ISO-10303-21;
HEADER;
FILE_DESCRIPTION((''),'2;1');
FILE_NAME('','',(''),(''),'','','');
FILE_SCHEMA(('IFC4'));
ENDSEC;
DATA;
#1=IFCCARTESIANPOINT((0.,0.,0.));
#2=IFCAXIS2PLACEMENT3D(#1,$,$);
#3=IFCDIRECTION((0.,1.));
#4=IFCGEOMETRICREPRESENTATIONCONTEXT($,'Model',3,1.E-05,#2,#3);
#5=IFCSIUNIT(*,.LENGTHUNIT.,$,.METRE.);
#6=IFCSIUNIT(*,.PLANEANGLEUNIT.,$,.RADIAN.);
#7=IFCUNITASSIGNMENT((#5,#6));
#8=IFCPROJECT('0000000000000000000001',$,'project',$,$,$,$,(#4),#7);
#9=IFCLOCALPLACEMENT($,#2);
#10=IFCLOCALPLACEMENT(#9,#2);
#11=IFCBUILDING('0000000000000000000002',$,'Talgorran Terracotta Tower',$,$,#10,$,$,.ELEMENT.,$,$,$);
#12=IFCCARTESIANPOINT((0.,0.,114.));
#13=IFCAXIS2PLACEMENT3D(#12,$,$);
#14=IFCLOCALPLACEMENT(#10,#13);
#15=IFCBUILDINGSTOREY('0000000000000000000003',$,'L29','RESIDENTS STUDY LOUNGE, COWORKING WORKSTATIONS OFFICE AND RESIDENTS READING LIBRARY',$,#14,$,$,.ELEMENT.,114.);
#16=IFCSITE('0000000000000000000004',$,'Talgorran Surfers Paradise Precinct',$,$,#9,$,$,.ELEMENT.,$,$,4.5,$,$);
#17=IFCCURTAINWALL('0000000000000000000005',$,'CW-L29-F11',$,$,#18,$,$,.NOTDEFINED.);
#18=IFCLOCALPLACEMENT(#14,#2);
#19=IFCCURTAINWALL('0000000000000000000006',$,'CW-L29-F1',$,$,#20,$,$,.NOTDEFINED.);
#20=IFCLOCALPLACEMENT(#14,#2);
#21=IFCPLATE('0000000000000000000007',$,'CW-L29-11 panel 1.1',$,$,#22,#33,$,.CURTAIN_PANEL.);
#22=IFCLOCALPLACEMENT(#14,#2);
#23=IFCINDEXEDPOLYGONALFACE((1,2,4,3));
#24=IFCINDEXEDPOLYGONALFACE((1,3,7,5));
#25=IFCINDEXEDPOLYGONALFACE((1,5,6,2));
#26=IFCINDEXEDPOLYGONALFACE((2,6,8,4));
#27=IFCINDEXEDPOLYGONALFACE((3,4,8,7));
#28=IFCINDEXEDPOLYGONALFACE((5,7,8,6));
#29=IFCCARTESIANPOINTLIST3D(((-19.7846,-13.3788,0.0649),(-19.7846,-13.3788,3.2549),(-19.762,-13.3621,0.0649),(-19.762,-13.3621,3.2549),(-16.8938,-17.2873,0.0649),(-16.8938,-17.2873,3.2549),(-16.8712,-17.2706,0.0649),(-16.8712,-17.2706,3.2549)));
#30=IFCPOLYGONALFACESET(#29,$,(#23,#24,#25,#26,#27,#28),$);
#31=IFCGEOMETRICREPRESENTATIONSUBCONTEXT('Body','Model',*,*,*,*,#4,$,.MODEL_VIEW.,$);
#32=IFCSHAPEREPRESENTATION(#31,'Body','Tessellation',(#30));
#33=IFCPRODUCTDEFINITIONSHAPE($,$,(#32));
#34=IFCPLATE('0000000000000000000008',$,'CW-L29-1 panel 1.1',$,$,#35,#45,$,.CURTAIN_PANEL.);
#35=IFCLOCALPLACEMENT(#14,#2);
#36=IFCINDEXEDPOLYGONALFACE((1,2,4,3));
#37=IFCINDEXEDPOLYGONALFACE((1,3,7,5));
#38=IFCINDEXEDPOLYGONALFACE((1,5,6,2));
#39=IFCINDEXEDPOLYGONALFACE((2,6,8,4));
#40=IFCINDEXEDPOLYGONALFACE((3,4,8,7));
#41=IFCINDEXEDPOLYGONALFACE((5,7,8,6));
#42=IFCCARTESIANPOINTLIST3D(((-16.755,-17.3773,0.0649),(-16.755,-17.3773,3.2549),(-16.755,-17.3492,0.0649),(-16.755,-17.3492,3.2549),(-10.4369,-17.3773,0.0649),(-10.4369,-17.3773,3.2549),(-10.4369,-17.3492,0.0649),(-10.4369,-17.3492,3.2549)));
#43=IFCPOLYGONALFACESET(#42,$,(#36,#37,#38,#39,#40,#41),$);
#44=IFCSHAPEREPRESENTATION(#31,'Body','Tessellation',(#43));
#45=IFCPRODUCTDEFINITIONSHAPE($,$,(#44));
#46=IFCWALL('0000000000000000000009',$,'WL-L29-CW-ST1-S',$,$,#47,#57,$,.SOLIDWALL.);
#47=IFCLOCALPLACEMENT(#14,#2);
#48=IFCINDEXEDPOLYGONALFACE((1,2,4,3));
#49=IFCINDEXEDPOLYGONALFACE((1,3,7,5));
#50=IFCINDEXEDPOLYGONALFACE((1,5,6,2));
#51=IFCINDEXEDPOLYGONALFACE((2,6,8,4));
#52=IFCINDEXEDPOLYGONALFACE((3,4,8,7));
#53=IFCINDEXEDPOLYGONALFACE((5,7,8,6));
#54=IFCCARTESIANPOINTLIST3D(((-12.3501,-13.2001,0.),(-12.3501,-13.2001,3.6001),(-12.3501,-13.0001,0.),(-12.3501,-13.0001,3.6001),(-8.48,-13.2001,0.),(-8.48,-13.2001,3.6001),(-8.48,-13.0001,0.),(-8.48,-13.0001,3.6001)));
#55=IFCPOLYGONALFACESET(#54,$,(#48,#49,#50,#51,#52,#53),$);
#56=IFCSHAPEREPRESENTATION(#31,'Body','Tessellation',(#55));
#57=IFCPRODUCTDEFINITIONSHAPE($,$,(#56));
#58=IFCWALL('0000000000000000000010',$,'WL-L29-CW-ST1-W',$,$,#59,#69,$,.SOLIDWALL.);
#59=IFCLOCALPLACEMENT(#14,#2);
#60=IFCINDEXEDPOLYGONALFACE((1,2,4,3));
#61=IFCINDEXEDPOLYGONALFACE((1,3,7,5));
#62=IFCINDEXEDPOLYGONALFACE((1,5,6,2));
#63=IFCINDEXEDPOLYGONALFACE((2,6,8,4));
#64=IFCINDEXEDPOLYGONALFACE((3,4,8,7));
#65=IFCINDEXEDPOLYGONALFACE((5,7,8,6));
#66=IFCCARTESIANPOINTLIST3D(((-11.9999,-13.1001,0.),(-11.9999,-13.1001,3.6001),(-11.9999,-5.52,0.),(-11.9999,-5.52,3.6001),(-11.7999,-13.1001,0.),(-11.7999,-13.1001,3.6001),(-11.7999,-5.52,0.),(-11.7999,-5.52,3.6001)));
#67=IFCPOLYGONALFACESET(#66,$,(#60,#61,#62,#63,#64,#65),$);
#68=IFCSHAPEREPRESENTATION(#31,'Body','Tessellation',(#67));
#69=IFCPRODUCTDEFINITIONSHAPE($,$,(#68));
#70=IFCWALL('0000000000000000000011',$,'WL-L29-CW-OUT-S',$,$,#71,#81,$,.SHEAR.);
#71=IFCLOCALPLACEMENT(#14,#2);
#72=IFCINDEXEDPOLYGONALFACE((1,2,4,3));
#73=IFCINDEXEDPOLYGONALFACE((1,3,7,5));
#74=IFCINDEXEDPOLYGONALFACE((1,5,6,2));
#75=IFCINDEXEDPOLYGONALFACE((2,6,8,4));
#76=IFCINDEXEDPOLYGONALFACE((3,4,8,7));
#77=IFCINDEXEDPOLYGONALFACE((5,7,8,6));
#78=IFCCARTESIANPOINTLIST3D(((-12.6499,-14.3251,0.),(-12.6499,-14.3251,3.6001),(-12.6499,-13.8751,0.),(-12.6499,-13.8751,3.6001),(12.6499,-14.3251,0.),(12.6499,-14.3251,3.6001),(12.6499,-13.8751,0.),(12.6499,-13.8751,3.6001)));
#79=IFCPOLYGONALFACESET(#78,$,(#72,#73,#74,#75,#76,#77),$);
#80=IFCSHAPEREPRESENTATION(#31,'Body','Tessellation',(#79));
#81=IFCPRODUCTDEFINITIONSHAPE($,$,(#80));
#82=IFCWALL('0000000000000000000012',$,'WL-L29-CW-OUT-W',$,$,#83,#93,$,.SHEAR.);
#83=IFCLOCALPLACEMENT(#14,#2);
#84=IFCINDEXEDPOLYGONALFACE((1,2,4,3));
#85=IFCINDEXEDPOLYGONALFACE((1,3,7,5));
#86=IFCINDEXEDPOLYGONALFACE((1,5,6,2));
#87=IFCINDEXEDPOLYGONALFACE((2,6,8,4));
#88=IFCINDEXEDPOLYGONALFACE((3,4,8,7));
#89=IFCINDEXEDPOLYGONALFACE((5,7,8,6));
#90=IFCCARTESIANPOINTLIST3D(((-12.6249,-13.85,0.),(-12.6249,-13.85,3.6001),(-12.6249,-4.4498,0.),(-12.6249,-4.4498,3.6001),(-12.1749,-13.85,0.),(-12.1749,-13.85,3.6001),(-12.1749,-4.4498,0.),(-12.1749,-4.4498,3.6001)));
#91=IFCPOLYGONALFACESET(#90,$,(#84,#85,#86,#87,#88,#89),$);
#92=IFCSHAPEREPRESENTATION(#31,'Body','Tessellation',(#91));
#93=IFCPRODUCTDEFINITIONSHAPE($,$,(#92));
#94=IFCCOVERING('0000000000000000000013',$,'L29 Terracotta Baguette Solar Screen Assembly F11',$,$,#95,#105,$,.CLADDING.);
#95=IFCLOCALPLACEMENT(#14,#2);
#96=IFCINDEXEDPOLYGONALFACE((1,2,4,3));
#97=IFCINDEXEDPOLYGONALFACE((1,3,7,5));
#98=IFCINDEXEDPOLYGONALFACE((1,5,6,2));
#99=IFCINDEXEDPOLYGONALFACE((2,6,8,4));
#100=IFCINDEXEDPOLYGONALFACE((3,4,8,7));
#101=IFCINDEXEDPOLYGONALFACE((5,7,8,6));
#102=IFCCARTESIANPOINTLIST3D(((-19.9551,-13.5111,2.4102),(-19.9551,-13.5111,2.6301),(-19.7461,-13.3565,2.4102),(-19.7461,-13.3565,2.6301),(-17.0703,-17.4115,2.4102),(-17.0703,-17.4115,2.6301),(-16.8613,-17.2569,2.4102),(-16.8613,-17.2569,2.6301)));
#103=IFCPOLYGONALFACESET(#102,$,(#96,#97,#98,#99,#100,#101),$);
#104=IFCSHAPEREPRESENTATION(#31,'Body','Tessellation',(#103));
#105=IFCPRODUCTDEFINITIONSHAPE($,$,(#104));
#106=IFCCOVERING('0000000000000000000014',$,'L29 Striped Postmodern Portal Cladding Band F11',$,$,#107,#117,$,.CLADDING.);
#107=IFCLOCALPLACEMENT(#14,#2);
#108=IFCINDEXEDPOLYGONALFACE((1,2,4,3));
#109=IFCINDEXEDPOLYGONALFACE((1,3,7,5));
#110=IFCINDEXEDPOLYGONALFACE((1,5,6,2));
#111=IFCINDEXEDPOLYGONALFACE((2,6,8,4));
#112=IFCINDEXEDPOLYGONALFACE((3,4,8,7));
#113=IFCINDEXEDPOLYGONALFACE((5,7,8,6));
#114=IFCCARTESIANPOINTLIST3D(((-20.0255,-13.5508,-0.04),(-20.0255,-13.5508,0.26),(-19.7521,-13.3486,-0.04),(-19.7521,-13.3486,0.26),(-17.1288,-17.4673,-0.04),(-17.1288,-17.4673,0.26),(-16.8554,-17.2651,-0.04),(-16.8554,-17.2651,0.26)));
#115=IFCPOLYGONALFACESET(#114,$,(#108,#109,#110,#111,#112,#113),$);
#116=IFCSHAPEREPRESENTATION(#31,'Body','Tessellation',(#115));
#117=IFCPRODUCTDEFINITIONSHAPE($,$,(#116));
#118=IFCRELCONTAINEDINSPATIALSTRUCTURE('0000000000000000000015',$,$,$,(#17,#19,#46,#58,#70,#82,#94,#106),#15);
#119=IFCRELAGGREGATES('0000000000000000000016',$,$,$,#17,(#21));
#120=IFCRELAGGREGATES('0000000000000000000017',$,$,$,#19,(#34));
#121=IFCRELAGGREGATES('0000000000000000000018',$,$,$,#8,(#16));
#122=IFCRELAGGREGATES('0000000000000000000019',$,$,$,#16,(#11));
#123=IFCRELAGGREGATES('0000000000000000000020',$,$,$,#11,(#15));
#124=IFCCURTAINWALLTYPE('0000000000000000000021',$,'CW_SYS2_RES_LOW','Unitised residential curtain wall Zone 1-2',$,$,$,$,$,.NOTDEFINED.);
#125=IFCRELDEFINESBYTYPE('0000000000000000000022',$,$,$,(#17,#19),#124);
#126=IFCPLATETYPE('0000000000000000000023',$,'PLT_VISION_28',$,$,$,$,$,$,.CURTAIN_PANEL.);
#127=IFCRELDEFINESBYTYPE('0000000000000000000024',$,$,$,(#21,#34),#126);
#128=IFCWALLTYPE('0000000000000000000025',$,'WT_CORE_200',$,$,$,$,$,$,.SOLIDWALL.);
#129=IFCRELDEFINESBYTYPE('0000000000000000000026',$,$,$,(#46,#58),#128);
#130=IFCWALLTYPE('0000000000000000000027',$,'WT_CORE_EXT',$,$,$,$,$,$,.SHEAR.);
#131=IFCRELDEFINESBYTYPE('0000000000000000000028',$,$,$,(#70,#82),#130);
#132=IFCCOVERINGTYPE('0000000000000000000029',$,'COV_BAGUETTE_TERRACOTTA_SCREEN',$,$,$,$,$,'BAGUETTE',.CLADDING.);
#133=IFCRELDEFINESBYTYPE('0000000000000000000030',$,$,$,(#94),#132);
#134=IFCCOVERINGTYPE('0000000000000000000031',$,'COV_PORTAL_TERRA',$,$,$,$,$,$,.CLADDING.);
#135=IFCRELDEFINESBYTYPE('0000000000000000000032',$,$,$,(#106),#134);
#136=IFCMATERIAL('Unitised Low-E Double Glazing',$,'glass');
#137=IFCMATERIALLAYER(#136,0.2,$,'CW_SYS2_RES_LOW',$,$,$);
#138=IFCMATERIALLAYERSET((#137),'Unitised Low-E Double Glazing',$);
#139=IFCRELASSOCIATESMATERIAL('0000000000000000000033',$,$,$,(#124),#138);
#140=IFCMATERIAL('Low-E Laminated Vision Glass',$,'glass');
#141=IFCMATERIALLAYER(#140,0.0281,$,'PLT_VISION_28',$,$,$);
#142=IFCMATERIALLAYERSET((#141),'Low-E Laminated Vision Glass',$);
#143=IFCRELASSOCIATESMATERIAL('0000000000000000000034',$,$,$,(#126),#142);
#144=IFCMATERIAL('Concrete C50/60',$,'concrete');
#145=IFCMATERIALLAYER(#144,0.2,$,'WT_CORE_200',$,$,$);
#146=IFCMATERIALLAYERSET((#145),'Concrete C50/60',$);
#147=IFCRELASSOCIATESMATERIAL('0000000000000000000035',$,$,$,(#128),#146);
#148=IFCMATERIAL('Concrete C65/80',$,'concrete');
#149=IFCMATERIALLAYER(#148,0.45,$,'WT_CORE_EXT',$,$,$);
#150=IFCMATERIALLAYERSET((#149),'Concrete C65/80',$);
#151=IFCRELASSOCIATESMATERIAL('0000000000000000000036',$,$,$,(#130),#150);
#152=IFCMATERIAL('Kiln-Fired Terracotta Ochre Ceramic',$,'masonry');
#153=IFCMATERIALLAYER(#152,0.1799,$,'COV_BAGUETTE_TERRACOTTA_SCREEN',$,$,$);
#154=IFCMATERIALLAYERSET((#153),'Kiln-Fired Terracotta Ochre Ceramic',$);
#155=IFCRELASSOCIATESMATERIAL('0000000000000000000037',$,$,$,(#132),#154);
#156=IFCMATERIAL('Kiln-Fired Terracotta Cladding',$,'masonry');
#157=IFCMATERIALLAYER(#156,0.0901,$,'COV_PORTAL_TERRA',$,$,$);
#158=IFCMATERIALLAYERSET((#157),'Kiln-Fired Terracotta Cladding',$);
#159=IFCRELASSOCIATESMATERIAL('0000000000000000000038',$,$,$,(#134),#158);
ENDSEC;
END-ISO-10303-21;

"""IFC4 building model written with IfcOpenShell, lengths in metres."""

from ifc_helpers import new_model, si_unit, direction, frame, frame_2d, origin, origin_2d, place, context, subcontext, project, spatial, rectangle, extrude, source, transform, mapped, material, layer, layer_set, type_object, type_shapes, element, aggregate, save


model = new_model("IFC4")

# Units and contexts
model_context = context("Model", 3, precision=1e-05, world=origin(), true_north=direction((0.0, 1.0)))
body_context = subcontext(model_context, "Body", "Model", "MODEL_VIEW")
ifc_project = project(units=[si_unit("LENGTHUNIT", "METRE"), si_unit("PLANEANGLEUNIT", "RADIAN")], contexts=[model_context])

# Site, building, storey
site_placement = place(None, origin())
site = spatial("IfcSite", under=ifc_project, at=site_placement, Name="Talgorran Surfers Paradise Precinct", CompositionType="ELEMENT", RefElevation=4.5)
building_placement = place(site_placement, origin())
building = spatial("IfcBuilding", under=site, at=building_placement, Name="Talgorran Terracotta Tower", CompositionType="ELEMENT")
storey_placement = place(building_placement, frame((0.0, 0.0, 114.0)))
storey = spatial("IfcBuildingStorey", under=building, at=storey_placement, Name="L29", Description="RESIDENTS STUDY LOUNGE, COWORKING WORKSTATIONS OFFICE AND RESIDENTS READING LIBRARY", CompositionType="ELEMENT", Elevation=114.0)

# Curtain wall
ifc_material_1 = material(Name="Unitised Low-E Double Glazing", Category="glass")
ifc_layer_1 = layer(ifc_material_1, 0.2, Name="CW_SYS2_RES_LOW")
ifc_layer_set_1 = layer_set([ifc_layer_1], Name="Unitised Low-E Double Glazing")
curtain_wall_type = type_object("IfcCurtainWallType", Name="CW_SYS2_RES_LOW", Description="Unitised residential curtain wall Zone 1-2", PredefinedType="NOTDEFINED", material=ifc_layer_set_1)
curtain_wall_1_placement = place(storey_placement, origin())
curtain_wall_1 = element("IfcCurtainWall", 1, at=curtain_wall_1_placement, inside=storey, type_object=curtain_wall_type, Name="CW-L29-F11", PredefinedType="NOTDEFINED")

# Curtain wall
curtain_wall_2_placement = place(storey_placement, origin())
curtain_wall_2 = element("IfcCurtainWall", 2, at=curtain_wall_2_placement, inside=storey, type_object=curtain_wall_type, Name="CW-L29-F1", PredefinedType="NOTDEFINED")

# Plates
ifc_material_2 = material(Name="Low-E Laminated Vision Glass", Category="glass")
ifc_layer_2 = layer(ifc_material_2, 0.0281, Name="PLT_VISION_28")
ifc_layer_set_2 = layer_set([ifc_layer_2], Name="Low-E Laminated Vision Glass")
plate_type = type_object("IfcPlateType", Name="PLT_VISION_28", PredefinedType="CURTAIN_PANEL", material=ifc_layer_set_2)
shared_shape_1 = source(origin(), body_context, "Body", "SweptSolid", [
    extrude(rectangle(XDim=4.8613, YDim=0.0281, at=origin_2d()), origin(), (0.0, 0.0, 1.0), 3.1899),
])
plate_1_placement = place(storey_placement, frame((-18.3279, -15.3247, 0.0649), z_axis=(0.0, 0.0, 1.0), x_axis=(0.594646, -0.803987, 0.0)))
plate_1 = element("IfcPlate", 3, at=plate_1_placement, type_object=plate_type, Name="CW-L29-11 panel 1.1", PredefinedType="CURTAIN_PANEL", context=body_context, shape_type="MappedRepresentation", body=[
    mapped(shared_shape_1, transform((0.0, 0.0, 0.0), scale=1.0)),
])
aggregate(curtain_wall_1, [plate_1])
shared_shape_2 = source(origin(), body_context, "Body", "SweptSolid", [
    extrude(rectangle(XDim=6.3181, YDim=0.0281, at=origin_2d()), origin(), (0.0, 0.0, 1.0), 3.1899),
])
type_shapes(plate_type, [shared_shape_1, shared_shape_2])
plate_2_placement = place(storey_placement, frame((-13.5959, -17.3633, 0.0649), z_axis=(0.0, 0.0, 1.0), x_axis=(1.0, 0.0, 0.0)))
plate_2 = element("IfcPlate", 4, at=plate_2_placement, type_object=plate_type, Name="CW-L29-1 panel 1.1", PredefinedType="CURTAIN_PANEL", context=body_context, shape_type="MappedRepresentation", body=[
    mapped(shared_shape_2, transform((0.0, 0.0, 0.0), scale=1.0)),
])
aggregate(curtain_wall_2, [plate_2])

# Walls
ifc_material_3 = material(Name="Concrete C50/60", Category="concrete")
ifc_layer_3 = layer(ifc_material_3, 0.2, Name="WT_CORE_200")
ifc_layer_set_3 = layer_set([ifc_layer_3], Name="Concrete C50/60")
wall_type_1 = type_object("IfcWallType", Name="WT_CORE_200", PredefinedType="SOLIDWALL", material=ifc_layer_set_3)
wall_1_placement = place(storey_placement, frame((-12.3501, -13.1001, 0.0), z_axis=(0.0, 0.0, 1.0), x_axis=(1.0, 0.0, 0.0)))
element("IfcWall", 5, at=wall_1_placement, inside=storey, type_object=wall_type_1, Name="WL-L29-CW-ST1-S", PredefinedType="SOLIDWALL", context=body_context, shape_type="SweptSolid", body=[
    extrude(rectangle(XDim=3.8701, YDim=0.2, at=frame_2d((1.9351, 0.0))), origin(), (0.0, 0.0, 1.0), 3.6001),
])
wall_2_placement = place(storey_placement, frame((-11.8999, -13.1001, 0.0), z_axis=(0.0, 0.0, 1.0), x_axis=(0.0, 1.0, 0.0)))
element("IfcWall", 6, at=wall_2_placement, inside=storey, type_object=wall_type_1, Name="WL-L29-CW-ST1-W", PredefinedType="SOLIDWALL", context=body_context, shape_type="SweptSolid", body=[
    extrude(rectangle(XDim=7.5801, YDim=0.2, at=frame_2d((3.79, 0.0))), origin(), (0.0, 0.0, 1.0), 3.6001),
])
ifc_material_4 = material(Name="Concrete C65/80", Category="concrete")
ifc_layer_4 = layer(ifc_material_4, 0.45, Name="WT_CORE_EXT")
ifc_layer_set_4 = layer_set([ifc_layer_4], Name="Concrete C65/80")
wall_type_2 = type_object("IfcWallType", Name="WT_CORE_EXT", PredefinedType="SHEAR", material=ifc_layer_set_4)
wall_3_placement = place(storey_placement, frame((-12.6499, -14.1001, 0.0), z_axis=(0.0, 0.0, 1.0), x_axis=(1.0, 0.0, 0.0)))
element("IfcWall", 7, at=wall_3_placement, inside=storey, type_object=wall_type_2, Name="WL-L29-CW-OUT-S", PredefinedType="SHEAR", context=body_context, shape_type="SweptSolid", body=[
    extrude(rectangle(XDim=25.2998, YDim=0.45, at=frame_2d((12.6499, 0.0))), origin(), (0.0, 0.0, 1.0), 3.6001),
])
wall_4_placement = place(storey_placement, frame((-12.3999, -13.8501, 0.0), z_axis=(0.0, 0.0, 1.0), x_axis=(0.0, 1.0, 0.0)))
element("IfcWall", 8, at=wall_4_placement, inside=storey, type_object=wall_type_2, Name="WL-L29-CW-OUT-W", PredefinedType="SHEAR", context=body_context, shape_type="SweptSolid", body=[
    extrude(rectangle(XDim=9.4001, YDim=0.45, at=frame_2d((4.7002, 0.0))), origin(), (0.0, 0.0, 1.0), 3.6001),
])

# Coverings
ifc_material_5 = material(Name="Kiln-Fired Terracotta Ochre Ceramic", Category="masonry")
ifc_layer_5 = layer(ifc_material_5, 0.1799, Name="COV_BAGUETTE_TERRACOTTA_SCREEN")
ifc_layer_set_5 = layer_set([ifc_layer_5], Name="Kiln-Fired Terracotta Ochre Ceramic")
covering_type_1 = type_object("IfcCoveringType", Name="COV_BAGUETTE_TERRACOTTA_SCREEN", ElementType="BAGUETTE", PredefinedType="CLADDING", material=ifc_layer_set_5)
covering_1_placement = place(storey_placement, frame((-18.4082, -15.384, 2.4102), z_axis=(0.0, 0.0, 1.0), x_axis=(0.59464, -0.803992, 0.0)))
element("IfcCovering", 9, at=covering_1_placement, inside=storey, type_object=covering_type_1, Name="L29 Terracotta Baguette Solar Screen Assembly F11", PredefinedType="CLADDING", context=body_context, shape_type="SweptSolid", body=[
    extrude(rectangle(XDim=4.8513, YDim=0.26, at=origin_2d()), origin(), (0.0, 0.0, 1.0), 0.22),
])
ifc_material_6 = material(Name="Kiln-Fired Terracotta Cladding", Category="masonry")
ifc_layer_6 = layer(ifc_material_6, 0.0901, Name="COV_PORTAL_TERRA")
ifc_layer_set_6 = layer_set([ifc_layer_6], Name="Kiln-Fired Terracotta Cladding")
covering_type_2 = type_object("IfcCoveringType", Name="COV_PORTAL_TERRA", PredefinedType="CLADDING", material=ifc_layer_set_6)
covering_2_placement = place(storey_placement, frame((-18.4404, -15.408, -0.04), z_axis=(0.0, 0.0, 1.0), x_axis=(0.59464, -0.803992, 0.0)))
element("IfcCovering", 10, at=covering_2_placement, inside=storey, type_object=covering_type_2, Name="L29 Striped Postmodern Portal Cladding Band F11", PredefinedType="CLADDING", context=body_context, shape_type="SweptSolid", body=[
    extrude(rectangle(XDim=4.8713, YDim=0.3401, at=origin_2d()), origin(), (0.0, 0.0, 1.0), 0.3),
])

save(model, "model.ifc")
